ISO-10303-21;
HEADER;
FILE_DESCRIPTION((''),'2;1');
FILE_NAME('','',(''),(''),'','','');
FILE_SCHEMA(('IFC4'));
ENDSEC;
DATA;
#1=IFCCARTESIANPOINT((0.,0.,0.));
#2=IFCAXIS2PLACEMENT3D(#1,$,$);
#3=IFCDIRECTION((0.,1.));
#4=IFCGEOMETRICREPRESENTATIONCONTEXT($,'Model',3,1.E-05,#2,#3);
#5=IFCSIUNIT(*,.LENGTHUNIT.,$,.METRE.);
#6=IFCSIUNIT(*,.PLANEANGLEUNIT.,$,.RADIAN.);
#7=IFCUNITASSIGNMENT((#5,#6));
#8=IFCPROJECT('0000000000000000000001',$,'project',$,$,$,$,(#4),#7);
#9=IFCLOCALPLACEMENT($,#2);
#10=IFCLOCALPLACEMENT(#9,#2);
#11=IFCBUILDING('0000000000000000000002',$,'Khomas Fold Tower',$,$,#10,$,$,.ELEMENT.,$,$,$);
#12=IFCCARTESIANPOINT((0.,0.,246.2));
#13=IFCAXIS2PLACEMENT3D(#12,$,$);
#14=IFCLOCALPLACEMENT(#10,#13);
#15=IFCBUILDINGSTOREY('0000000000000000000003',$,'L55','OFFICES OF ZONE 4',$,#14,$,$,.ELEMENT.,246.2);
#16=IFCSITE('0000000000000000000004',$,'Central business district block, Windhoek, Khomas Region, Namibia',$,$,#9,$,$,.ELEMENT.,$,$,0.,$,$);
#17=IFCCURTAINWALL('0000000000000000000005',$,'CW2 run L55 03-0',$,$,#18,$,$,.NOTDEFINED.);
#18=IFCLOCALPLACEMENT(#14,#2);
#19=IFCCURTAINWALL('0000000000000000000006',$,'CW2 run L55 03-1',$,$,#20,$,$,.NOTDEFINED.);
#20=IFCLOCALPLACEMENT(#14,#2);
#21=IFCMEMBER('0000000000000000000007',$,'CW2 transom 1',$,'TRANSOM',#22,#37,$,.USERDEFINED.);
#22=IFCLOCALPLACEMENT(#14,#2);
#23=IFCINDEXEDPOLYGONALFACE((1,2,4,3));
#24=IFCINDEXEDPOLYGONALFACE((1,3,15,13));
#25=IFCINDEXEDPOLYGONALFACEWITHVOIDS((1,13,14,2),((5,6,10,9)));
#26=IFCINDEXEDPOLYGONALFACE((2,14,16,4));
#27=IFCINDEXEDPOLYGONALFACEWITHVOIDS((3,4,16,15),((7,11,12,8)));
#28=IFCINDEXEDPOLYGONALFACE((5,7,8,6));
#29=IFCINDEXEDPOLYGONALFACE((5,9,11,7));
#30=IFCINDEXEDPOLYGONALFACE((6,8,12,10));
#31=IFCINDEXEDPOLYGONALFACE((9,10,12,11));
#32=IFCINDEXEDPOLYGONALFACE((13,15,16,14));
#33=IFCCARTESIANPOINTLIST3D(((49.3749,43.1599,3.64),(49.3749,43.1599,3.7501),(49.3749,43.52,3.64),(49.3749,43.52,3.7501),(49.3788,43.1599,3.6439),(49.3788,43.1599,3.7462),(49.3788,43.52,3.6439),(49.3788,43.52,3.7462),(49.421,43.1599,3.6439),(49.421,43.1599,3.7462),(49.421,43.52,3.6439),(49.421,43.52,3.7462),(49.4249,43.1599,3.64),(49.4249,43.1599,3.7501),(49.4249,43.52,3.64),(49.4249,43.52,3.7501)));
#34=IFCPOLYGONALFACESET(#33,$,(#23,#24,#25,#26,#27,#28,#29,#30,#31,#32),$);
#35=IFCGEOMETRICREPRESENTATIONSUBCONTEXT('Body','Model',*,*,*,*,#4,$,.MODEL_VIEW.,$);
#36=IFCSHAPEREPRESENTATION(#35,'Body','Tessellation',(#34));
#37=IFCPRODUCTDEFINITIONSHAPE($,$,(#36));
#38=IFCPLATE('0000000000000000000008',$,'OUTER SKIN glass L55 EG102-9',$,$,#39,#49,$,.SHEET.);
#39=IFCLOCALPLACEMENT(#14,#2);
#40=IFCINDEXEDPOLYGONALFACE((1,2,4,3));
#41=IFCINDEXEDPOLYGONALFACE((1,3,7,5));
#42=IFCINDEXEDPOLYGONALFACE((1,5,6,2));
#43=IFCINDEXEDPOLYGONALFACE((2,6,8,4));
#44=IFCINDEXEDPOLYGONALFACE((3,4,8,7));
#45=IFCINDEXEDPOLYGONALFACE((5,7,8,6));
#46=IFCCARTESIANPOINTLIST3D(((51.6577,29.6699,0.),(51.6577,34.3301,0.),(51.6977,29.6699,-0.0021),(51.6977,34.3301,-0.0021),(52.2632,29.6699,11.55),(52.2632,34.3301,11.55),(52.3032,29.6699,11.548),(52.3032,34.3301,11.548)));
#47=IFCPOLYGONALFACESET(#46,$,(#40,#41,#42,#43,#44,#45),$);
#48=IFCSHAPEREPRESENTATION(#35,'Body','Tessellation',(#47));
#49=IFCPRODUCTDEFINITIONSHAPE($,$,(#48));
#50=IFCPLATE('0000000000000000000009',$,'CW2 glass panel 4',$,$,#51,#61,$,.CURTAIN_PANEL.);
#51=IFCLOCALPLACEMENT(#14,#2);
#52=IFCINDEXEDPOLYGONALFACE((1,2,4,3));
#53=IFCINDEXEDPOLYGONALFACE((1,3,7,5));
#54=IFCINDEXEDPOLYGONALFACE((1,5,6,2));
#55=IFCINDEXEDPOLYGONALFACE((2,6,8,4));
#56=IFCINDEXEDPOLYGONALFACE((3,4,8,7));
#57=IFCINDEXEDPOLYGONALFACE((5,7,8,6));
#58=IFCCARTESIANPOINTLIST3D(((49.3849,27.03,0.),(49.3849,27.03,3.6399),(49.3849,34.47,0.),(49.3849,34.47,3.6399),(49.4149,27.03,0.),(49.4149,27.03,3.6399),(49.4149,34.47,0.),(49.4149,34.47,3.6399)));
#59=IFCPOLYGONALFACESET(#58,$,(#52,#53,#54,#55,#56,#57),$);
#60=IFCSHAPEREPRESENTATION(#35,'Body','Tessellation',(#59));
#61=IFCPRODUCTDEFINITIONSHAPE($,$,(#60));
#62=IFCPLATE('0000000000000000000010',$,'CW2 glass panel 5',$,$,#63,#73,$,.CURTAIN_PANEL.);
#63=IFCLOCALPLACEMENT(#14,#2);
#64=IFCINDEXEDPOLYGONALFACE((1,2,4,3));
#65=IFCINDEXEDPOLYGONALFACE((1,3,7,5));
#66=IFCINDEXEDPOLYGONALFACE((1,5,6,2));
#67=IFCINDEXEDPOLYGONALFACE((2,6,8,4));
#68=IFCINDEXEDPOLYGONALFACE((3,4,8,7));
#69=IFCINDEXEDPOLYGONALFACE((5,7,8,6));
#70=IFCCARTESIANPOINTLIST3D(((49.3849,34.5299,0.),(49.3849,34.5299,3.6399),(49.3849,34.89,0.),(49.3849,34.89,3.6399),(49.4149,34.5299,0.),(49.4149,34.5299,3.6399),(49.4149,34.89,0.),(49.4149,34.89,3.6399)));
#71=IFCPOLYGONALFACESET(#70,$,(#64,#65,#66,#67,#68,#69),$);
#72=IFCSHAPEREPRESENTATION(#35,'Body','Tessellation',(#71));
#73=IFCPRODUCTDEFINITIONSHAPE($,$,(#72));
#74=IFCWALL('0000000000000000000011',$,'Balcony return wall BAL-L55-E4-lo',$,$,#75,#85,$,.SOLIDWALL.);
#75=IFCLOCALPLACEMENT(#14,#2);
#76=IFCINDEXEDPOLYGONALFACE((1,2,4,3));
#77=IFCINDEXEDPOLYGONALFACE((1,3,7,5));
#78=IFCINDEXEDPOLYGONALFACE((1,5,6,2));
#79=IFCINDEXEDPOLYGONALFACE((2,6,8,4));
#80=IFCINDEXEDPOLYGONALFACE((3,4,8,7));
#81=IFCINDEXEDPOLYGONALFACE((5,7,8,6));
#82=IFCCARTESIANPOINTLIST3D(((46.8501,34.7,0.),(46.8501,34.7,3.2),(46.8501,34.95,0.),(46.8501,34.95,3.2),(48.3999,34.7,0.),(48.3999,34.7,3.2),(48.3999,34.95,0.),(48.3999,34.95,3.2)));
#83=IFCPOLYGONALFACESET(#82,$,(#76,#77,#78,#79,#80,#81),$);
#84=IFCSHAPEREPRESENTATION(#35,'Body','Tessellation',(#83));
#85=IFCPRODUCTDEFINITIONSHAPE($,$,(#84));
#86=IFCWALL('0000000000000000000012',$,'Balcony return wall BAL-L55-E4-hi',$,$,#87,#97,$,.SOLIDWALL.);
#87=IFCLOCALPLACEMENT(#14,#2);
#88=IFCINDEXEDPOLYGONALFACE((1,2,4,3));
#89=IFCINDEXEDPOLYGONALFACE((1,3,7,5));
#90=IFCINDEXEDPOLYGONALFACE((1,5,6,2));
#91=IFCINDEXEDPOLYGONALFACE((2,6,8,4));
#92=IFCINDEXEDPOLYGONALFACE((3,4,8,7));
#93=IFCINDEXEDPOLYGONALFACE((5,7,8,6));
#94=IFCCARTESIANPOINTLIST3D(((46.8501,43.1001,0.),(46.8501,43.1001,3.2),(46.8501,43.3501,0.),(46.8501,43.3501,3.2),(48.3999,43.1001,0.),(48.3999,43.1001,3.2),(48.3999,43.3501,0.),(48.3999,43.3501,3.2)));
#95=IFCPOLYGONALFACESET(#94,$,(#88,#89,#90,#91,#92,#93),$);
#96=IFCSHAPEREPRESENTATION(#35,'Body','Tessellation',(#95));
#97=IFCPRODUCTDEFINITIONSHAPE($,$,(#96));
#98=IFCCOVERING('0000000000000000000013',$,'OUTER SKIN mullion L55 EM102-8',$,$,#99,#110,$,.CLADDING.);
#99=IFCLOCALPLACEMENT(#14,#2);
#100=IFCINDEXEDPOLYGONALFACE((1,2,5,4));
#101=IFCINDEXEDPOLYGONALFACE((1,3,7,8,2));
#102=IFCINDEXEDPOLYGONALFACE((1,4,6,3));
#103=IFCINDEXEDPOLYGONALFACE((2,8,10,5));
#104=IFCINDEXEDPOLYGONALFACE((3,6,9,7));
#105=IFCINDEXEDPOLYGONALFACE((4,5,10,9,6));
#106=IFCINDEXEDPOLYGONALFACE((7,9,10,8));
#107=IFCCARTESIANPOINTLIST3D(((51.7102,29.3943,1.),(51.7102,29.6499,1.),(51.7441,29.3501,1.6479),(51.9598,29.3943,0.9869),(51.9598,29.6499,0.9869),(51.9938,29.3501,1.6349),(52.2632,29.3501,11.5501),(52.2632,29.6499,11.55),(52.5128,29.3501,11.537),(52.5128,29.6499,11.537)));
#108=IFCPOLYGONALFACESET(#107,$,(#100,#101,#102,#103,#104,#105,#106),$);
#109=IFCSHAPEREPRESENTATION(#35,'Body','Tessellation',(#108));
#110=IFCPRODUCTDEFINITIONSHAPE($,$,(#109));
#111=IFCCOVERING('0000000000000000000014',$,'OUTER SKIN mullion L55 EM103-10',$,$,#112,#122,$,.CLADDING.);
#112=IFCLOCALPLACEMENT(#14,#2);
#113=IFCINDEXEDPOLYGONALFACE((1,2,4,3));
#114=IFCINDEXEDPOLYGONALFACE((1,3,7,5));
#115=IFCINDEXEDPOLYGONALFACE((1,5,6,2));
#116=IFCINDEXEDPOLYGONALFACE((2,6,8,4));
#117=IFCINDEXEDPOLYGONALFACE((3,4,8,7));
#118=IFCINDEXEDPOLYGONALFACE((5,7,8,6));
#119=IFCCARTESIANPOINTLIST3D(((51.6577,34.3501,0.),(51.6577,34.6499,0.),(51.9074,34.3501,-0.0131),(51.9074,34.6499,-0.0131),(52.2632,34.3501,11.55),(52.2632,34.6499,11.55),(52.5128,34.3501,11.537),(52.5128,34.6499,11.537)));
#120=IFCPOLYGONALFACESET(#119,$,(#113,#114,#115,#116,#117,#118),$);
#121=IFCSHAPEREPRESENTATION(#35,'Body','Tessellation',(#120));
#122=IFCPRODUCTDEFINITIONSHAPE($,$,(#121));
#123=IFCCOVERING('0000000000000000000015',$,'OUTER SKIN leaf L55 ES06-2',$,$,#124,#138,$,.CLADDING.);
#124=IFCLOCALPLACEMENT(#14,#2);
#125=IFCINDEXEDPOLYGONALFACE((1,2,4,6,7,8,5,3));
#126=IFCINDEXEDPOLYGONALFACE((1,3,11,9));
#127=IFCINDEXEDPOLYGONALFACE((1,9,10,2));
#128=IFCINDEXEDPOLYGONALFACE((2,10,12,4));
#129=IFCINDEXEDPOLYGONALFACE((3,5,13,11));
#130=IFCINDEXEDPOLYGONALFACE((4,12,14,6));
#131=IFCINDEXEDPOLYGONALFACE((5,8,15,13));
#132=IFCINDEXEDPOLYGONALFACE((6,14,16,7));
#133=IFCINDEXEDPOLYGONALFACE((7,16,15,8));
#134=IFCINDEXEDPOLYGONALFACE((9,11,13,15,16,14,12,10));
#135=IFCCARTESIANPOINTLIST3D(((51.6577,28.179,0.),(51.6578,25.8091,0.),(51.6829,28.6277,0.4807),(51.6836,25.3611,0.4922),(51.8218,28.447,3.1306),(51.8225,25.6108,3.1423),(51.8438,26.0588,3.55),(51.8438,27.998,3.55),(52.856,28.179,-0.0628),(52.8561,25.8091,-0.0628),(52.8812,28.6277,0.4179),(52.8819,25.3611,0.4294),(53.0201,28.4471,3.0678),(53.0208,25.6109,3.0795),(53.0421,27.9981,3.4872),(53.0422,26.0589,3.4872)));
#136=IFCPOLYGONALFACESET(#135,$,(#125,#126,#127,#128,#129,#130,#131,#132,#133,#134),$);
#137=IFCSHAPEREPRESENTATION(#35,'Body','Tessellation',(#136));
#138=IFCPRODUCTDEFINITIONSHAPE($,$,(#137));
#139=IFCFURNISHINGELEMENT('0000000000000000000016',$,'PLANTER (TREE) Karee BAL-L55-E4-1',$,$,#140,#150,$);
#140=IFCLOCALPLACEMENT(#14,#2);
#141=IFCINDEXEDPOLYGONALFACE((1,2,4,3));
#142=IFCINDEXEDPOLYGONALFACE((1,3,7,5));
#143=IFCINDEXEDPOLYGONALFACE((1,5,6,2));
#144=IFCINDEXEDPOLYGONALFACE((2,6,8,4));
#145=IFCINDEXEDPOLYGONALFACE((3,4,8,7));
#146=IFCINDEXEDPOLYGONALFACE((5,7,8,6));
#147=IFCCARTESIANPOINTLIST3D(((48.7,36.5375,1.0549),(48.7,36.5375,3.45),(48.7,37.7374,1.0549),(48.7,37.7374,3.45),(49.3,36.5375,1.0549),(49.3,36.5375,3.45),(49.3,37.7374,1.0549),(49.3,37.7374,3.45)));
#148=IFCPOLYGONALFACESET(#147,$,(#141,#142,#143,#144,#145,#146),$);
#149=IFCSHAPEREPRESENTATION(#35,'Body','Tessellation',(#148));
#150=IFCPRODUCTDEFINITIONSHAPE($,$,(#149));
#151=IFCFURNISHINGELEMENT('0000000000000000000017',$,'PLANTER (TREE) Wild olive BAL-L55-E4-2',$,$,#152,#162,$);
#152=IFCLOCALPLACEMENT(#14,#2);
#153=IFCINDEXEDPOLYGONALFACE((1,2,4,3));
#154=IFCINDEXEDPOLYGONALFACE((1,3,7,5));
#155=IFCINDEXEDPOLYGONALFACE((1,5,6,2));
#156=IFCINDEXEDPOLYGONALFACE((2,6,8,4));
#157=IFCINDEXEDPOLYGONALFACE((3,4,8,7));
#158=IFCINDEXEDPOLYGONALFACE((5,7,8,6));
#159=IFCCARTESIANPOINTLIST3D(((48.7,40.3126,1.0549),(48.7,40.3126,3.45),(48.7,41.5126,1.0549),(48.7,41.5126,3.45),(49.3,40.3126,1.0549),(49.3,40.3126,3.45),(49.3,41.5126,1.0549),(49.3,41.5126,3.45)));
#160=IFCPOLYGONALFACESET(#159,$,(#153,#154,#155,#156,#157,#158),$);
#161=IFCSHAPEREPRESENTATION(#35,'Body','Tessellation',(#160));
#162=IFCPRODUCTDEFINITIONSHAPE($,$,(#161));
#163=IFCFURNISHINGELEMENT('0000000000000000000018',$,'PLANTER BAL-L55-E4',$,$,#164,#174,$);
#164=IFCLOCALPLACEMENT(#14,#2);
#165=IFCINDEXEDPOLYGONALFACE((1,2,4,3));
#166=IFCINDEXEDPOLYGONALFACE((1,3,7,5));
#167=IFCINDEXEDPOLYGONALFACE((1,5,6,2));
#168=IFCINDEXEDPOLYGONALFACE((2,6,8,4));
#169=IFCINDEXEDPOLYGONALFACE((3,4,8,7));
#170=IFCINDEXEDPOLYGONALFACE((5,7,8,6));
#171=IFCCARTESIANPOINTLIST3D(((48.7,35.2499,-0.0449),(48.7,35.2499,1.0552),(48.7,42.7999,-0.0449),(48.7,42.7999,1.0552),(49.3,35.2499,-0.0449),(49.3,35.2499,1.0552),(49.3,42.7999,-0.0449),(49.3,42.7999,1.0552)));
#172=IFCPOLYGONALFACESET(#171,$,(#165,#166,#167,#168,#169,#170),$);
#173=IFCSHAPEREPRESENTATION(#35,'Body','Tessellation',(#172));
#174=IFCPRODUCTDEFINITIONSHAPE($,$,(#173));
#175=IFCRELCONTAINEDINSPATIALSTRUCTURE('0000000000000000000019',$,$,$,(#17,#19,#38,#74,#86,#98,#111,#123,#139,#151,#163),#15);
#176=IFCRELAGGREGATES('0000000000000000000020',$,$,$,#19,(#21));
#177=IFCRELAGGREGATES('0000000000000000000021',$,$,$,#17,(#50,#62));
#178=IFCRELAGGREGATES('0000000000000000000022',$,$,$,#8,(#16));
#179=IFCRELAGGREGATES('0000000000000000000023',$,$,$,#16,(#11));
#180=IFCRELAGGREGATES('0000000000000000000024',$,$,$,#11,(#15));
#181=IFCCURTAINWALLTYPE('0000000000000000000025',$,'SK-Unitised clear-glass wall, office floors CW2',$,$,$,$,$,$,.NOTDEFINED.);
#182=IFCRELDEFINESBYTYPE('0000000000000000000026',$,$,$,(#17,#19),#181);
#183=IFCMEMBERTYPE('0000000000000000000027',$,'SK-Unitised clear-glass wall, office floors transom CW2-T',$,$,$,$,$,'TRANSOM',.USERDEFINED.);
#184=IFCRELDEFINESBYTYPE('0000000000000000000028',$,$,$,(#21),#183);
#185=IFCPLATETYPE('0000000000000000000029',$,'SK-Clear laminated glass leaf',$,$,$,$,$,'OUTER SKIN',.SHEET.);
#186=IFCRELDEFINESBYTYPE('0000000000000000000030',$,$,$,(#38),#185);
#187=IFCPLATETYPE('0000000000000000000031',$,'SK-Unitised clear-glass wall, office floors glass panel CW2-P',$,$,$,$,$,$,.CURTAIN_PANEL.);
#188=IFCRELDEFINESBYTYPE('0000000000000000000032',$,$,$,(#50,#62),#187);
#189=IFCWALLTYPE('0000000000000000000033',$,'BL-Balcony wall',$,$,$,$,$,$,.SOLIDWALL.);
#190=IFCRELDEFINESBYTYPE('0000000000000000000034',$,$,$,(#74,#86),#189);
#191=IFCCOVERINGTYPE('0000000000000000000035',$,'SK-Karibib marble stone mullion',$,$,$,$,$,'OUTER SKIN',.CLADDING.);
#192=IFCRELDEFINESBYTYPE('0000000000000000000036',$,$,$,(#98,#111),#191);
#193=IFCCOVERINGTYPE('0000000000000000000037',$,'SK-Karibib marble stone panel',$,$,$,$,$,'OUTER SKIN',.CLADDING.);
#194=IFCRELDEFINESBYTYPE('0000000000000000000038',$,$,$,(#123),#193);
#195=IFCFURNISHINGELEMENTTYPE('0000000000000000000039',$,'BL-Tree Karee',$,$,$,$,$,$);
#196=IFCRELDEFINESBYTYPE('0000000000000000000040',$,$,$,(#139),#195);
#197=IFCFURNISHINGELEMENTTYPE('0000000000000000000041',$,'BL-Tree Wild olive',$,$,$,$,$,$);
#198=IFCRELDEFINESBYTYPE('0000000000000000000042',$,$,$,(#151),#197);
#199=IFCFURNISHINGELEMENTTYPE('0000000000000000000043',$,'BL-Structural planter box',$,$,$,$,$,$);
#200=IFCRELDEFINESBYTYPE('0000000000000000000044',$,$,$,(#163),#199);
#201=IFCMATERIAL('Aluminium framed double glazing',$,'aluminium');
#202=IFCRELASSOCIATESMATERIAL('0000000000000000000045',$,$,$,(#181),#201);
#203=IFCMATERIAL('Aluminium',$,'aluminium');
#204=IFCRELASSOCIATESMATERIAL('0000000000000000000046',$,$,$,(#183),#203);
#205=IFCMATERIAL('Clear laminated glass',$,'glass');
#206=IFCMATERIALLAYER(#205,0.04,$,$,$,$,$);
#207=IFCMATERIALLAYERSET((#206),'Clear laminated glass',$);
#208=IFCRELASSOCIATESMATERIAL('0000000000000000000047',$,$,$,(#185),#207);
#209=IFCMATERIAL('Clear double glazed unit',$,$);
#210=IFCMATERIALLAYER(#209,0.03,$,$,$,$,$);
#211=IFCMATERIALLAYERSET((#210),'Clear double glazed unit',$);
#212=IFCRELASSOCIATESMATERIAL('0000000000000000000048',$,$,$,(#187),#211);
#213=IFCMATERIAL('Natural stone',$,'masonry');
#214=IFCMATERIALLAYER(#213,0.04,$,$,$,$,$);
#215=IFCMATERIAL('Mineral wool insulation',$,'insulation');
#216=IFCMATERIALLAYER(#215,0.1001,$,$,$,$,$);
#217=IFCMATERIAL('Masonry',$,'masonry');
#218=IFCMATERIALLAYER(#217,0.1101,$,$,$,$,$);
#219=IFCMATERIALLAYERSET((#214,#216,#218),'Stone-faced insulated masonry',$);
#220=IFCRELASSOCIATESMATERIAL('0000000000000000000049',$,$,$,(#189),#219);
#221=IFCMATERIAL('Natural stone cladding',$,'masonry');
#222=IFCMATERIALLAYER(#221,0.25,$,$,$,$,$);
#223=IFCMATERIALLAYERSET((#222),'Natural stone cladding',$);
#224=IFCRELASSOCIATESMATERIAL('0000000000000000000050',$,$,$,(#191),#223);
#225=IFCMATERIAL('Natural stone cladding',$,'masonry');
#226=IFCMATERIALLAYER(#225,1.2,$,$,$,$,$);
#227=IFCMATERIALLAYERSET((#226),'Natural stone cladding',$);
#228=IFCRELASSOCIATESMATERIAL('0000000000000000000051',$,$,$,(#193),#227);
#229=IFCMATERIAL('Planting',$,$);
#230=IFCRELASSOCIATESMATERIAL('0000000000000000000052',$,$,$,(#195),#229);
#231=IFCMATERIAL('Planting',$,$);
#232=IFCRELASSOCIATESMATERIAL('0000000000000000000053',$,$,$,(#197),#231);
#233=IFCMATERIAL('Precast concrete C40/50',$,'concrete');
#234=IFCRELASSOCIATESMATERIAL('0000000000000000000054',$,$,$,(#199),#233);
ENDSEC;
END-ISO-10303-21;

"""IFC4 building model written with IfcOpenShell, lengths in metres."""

from ifc_helpers import new_model, si_unit, direction, frame, frame_2d, origin, origin_2d, place, context, subcontext, project, spatial, polyline, rectangle, hollow_rectangle, outline, extrude, source, transform, mapped, material, layer, layer_set, material_profile, profile_set, type_object, element, aggregate, save


model = new_model("IFC4")

# Units and contexts
model_context = context("Model", 3, precision=1e-05, world=origin(), true_north=direction((0.0, 1.0)))
body_context = subcontext(model_context, "Body", "Model", "MODEL_VIEW")
ifc_project = project(units=[si_unit("LENGTHUNIT", "METRE"), si_unit("PLANEANGLEUNIT", "RADIAN")], contexts=[model_context])

# Site, building, storey
site_placement = place(None, origin())
site = spatial("IfcSite", under=ifc_project, at=site_placement, Name="Central business district block, Windhoek, Khomas Region, Namibia", CompositionType="ELEMENT", RefElevation=0.0)
building_placement = place(site_placement, origin())
building = spatial("IfcBuilding", under=site, at=building_placement, Name="Khomas Fold Tower", CompositionType="ELEMENT")
storey_placement = place(building_placement, frame((0.0, 0.0, 246.2)))
storey = spatial("IfcBuildingStorey", under=building, at=storey_placement, Name="L55", Description="OFFICES OF ZONE 4", CompositionType="ELEMENT", Elevation=246.2)

# Curtain wall
ifc_material_1 = material(Name="Aluminium framed double glazing", Category="aluminium")
curtain_wall_type = type_object("IfcCurtainWallType", Name="SK-Unitised clear-glass wall, office floors CW2", PredefinedType="NOTDEFINED", material=ifc_material_1)
curtain_wall_1_placement = place(storey_placement, origin())
curtain_wall_1 = element("IfcCurtainWall", 1, at=curtain_wall_1_placement, inside=storey, type_object=curtain_wall_type, Name="CW2 run L55 03-0", PredefinedType="NOTDEFINED")

# Curtain wall
curtain_wall_2_placement = place(storey_placement, origin())
curtain_wall_2 = element("IfcCurtainWall", 2, at=curtain_wall_2_placement, inside=storey, type_object=curtain_wall_type, Name="CW2 run L55 03-1", PredefinedType="NOTDEFINED")

# Member
ifc_material_2 = material(Name="Aluminium", Category="aluminium")
ifc_material_profile_1 = material_profile(ifc_material_2, hollow_rectangle(XDim=0.05, YDim=0.1101, WallThickness=0.0039, at=origin_2d()), Name="SK-Unitised clear-glass wall, office floors transom CW2-T")
ifc_profile_set_1 = profile_set([ifc_material_profile_1], Name="Aluminium")
member_type_1 = type_object("IfcMemberType", Name="SK-Unitised clear-glass wall, office floors transom CW2-T", ElementType="TRANSOM", PredefinedType="USERDEFINED", material=ifc_profile_set_1)
shared_shape_1 = source(origin(), body_context, "Body", "SweptSolid", [
    extrude(hollow_rectangle(XDim=0.05, YDim=0.1101, WallThickness=0.0039, at=origin_2d()), origin(), (0.0, 0.0, 1.0), 0.3601),
])
member_1_placement = place(storey_placement, frame((49.3999, 43.1599, 3.6951), z_axis=(0.0, 1.0, 0.0), x_axis=(-1.0, 0.0, 0.0)))
member_1 = element("IfcMember", 3, at=member_1_placement, type_object=member_type_1, Name="CW2 transom 1", ObjectType="TRANSOM", PredefinedType="USERDEFINED", context=body_context, shape_type="MappedRepresentation", body=[
    mapped(shared_shape_1, transform((0.0, 0.0, 0.0))),
])
aggregate(curtain_wall_2, [member_1])

# Plates
ifc_material_3 = material(Name="Clear laminated glass", Category="glass")
ifc_layer_1 = layer(ifc_material_3, 0.04)
ifc_layer_set_1 = layer_set([ifc_layer_1], Name="Clear laminated glass")
plate_type_1 = type_object("IfcPlateType", Name="SK-Clear laminated glass leaf", ElementType="OUTER SKIN", PredefinedType="SHEET", material=ifc_layer_set_1)
plate_1_placement = place(storey_placement, frame((51.6577, 29.6699, 0.0), z_axis=(-0.998629, 0.0, 0.052349), x_axis=(0.052349, 0.0, 0.998629)))
element("IfcPlate", 4, at=plate_1_placement, inside=storey, type_object=plate_type_1, Name="OUTER SKIN glass L55 EG102-9", PredefinedType="SHEET", context=body_context, shape_type="SweptSolid", body=[
    extrude(outline(polyline([(0.0, 0.0), (11.5659, 0.0), (11.5659, 4.6602), (0.0, 4.6602), (0.0, 0.0)])), origin(), (0.0, 0.0, -1.0), 0.04),
])
ifc_material_4 = material(Name="Clear double glazed unit")
ifc_layer_2 = layer(ifc_material_4, 0.03)
ifc_layer_set_2 = layer_set([ifc_layer_2], Name="Clear double glazed unit")
plate_type_2 = type_object("IfcPlateType", Name="SK-Unitised clear-glass wall, office floors glass panel CW2-P", PredefinedType="CURTAIN_PANEL", material=ifc_layer_set_2)
shared_shape_2 = source(origin(), body_context, "Body", "SweptSolid", [
    extrude(rectangle(XDim=7.4399, YDim=0.03, at=origin_2d()), origin(), (0.0, 0.0, 1.0), 3.6399),
])
plate_2_placement = place(storey_placement, frame((49.3999, 30.75, 0.0), z_axis=(0.0, 0.0, 1.0), x_axis=(0.0, 1.0, 0.0)))
plate_2 = element("IfcPlate", 5, at=plate_2_placement, type_object=plate_type_2, Name="CW2 glass panel 4", PredefinedType="CURTAIN_PANEL", context=body_context, shape_type="MappedRepresentation", body=[
    mapped(shared_shape_2, transform((0.0, 0.0, 0.0))),
])
shared_shape_3 = source(origin(), body_context, "Body", "SweptSolid", [
    extrude(rectangle(XDim=0.3601, YDim=0.03, at=origin_2d()), origin(), (0.0, 0.0, 1.0), 3.6399),
])
plate_3_placement = place(storey_placement, frame((49.3999, 34.71, 0.0), z_axis=(0.0, 0.0, 1.0), x_axis=(0.0, 1.0, 0.0)))
plate_3 = element("IfcPlate", 6, at=plate_3_placement, type_object=plate_type_2, Name="CW2 glass panel 5", PredefinedType="CURTAIN_PANEL", context=body_context, shape_type="MappedRepresentation", body=[
    mapped(shared_shape_3, transform((0.0, 0.0, 0.0))),
])
aggregate(curtain_wall_1, [plate_2, plate_3])

# Walls
ifc_material_5 = material(Name="Natural stone", Category="masonry")
ifc_layer_3 = layer(ifc_material_5, 0.04)
ifc_material_6 = material(Name="Mineral wool insulation", Category="insulation")
ifc_layer_4 = layer(ifc_material_6, 0.1001)
ifc_material_7 = material(Name="Masonry", Category="masonry")
ifc_layer_5 = layer(ifc_material_7, 0.1101)
ifc_layer_set_3 = layer_set([ifc_layer_3, ifc_layer_4, ifc_layer_5], Name="Stone-faced insulated masonry")
wall_type = type_object("IfcWallType", Name="BL-Balcony wall", PredefinedType="SOLIDWALL", material=ifc_layer_set_3)
shared_shape_4 = source(origin(), body_context, "Body", "SweptSolid", [
    extrude(rectangle(XDim=1.5498, YDim=0.25, at=frame_2d((0.7749, 0.0))), origin(), (0.0, 0.0, 1.0), 3.2),
])
for number, where, z_axis, x_axis, name in (
    (7, (48.3999, 34.825, 0.0), (0.0, 0.0, 1.0), (-1.0, 0.0, 0.0), "Balcony return wall BAL-L55-E4-lo"),
    (8, (48.3999, 43.2251, 0.0), (0.0, 0.0, 1.0), (-1.0, 0.0, 0.0), "Balcony return wall BAL-L55-E4-hi"),
):
    element("IfcWall", number, at=place(storey_placement, frame(where, z_axis=z_axis, x_axis=x_axis)), inside=storey, type_object=wall_type, Name=name, PredefinedType="SOLIDWALL", context=body_context, shape_type="MappedRepresentation", body=[
        mapped(shared_shape_4, transform((0.0, 0.0, 0.0))),
    ])

# Coverings
ifc_material_8 = material(Name="Natural stone cladding", Category="masonry")
ifc_layer_6 = layer(ifc_material_8, 0.25)
ifc_layer_set_4 = layer_set([ifc_layer_6], Name="Natural stone cladding")
covering_type_1 = type_object("IfcCoveringType", Name="SK-Karibib marble stone mullion", ElementType="OUTER SKIN", PredefinedType="CLADDING", material=ifc_layer_set_4)
covering_1_placement = place(storey_placement, frame((51.7441, 29.3501, 1.6479), z_axis=(-0.998629, 0.000044, 0.052343), x_axis=(0.052343, 0.0, 0.998629)))
element("IfcCovering", 9, at=covering_1_placement, inside=storey, type_object=covering_type_1, Name="OUTER SKIN mullion L55 EM102-8", PredefinedType="CLADDING", context=body_context, shape_type="SweptSolid", body=[
    extrude(outline(polyline([(0.0, 0.0), (9.9157, 0.0), (9.9157, 0.2998), (-0.6488, 0.2998), (-0.6488, 0.0442), (0.0, 0.0)])), origin(), (0.0, 0.0, -1.0), 0.25),
])
covering_2_placement = place(storey_placement, frame((51.6577, 34.3501, 0.0), z_axis=(-0.998629, 0.0, 0.052349), x_axis=(0.052349, 0.0, 0.998629)))
element("IfcCovering", 10, at=covering_2_placement, inside=storey, type_object=covering_type_1, Name="OUTER SKIN mullion L55 EM103-10", PredefinedType="CLADDING", context=body_context, shape_type="SweptSolid", body=[
    extrude(outline(polyline([(0.0, 0.0), (11.5659, 0.0), (11.5659, 0.2998), (0.0, 0.2998), (0.0, 0.0)])), origin(), (0.0, 0.0, -1.0), 0.25),
])
ifc_material_9 = material(Name="Natural stone cladding", Category="masonry")
ifc_layer_7 = layer(ifc_material_9, 1.2)
ifc_layer_set_5 = layer_set([ifc_layer_7], Name="Natural stone cladding")
covering_type_2 = type_object("IfcCoveringType", Name="SK-Karibib marble stone panel", ElementType="OUTER SKIN", PredefinedType="CLADDING", material=ifc_layer_set_5)
covering_3_placement = place(storey_placement, frame((51.8218, 28.447, 3.1306), z_axis=(-0.99863, -0.000037, 0.052336), x_axis=(-0.052218, 0.067927, -0.996323)))
element("IfcCovering", 11, at=covering_3_placement, inside=storey, type_object=covering_type_2, Name="OUTER SKIN leaf L55 ES06-2", PredefinedType="CLADDING", context=body_context, shape_type="SweptSolid", body=[
    extrude(outline(polyline([(0.0, 0.0), (2.6597, 0.0), (3.1095, 0.4804), (2.9485, 2.8448), (2.4263, 3.2583), (-0.2044, 2.8288), (-0.5813, 2.3541), (-0.4495, 0.4194), (0.0, 0.0)])), origin(), (0.0, 0.0, -1.0), 1.2),
])

# Furnishing elements
ifc_material_10 = material(Name="Planting")
furnishing_element_type_1 = type_object("IfcFurnishingElementType", Name="BL-Tree Karee", material=ifc_material_10)
shared_shape_5 = source(origin(), body_context, "Body", "SweptSolid", [
    extrude(rectangle(XDim=1.2, YDim=0.6001, at=origin_2d()), origin(), (0.0, 0.0, 1.0), 2.395),
])
furnishing_1_placement = place(storey_placement, frame((49.0, 37.1375, 1.0549), z_axis=(0.0, 0.0, 1.0), x_axis=(0.0, 1.0, 0.0)))
element("IfcFurnishingElement", 12, at=furnishing_1_placement, inside=storey, type_object=furnishing_element_type_1, Name="PLANTER (TREE) Karee BAL-L55-E4-1", context=body_context, shape_type="MappedRepresentation", body=[
    mapped(shared_shape_5, transform((0.0, 0.0, 0.0))),
])
ifc_material_11 = material(Name="Planting")
furnishing_element_type_2 = type_object("IfcFurnishingElementType", Name="BL-Tree Wild olive", material=ifc_material_11)
furnishing_2_placement = place(storey_placement, frame((49.0, 40.9126, 1.0549), z_axis=(0.0, 0.0, 1.0), x_axis=(0.0, 1.0, 0.0)))
element("IfcFurnishingElement", 13, at=furnishing_2_placement, inside=storey, type_object=furnishing_element_type_2, Name="PLANTER (TREE) Wild olive BAL-L55-E4-2", context=body_context, shape_type="MappedRepresentation", body=[
    mapped(shared_shape_5, transform((0.0, 0.0, 0.0))),
])
ifc_material_12 = material(Name="Precast concrete C40/50", Category="concrete")
furnishing_element_type_3 = type_object("IfcFurnishingElementType", Name="BL-Structural planter box", material=ifc_material_12)
shared_shape_6 = source(origin(), body_context, "Body", "SweptSolid", [
    extrude(rectangle(XDim=7.55, YDim=0.6001, at=origin_2d()), origin(), (0.0, 0.0, 1.0), 1.1001),
])
furnishing_3_placement = place(storey_placement, frame((49.0, 39.0249, -0.0449), z_axis=(0.0, 0.0, 1.0), x_axis=(0.0, 1.0, 0.0)))
element("IfcFurnishingElement", 14, at=furnishing_3_placement, inside=storey, type_object=furnishing_element_type_3, Name="PLANTER BAL-L55-E4", context=body_context, shape_type="MappedRepresentation", body=[
    mapped(shared_shape_6, transform((0.0, 0.0, 0.0))),
])

save(model, "model.ifc")
